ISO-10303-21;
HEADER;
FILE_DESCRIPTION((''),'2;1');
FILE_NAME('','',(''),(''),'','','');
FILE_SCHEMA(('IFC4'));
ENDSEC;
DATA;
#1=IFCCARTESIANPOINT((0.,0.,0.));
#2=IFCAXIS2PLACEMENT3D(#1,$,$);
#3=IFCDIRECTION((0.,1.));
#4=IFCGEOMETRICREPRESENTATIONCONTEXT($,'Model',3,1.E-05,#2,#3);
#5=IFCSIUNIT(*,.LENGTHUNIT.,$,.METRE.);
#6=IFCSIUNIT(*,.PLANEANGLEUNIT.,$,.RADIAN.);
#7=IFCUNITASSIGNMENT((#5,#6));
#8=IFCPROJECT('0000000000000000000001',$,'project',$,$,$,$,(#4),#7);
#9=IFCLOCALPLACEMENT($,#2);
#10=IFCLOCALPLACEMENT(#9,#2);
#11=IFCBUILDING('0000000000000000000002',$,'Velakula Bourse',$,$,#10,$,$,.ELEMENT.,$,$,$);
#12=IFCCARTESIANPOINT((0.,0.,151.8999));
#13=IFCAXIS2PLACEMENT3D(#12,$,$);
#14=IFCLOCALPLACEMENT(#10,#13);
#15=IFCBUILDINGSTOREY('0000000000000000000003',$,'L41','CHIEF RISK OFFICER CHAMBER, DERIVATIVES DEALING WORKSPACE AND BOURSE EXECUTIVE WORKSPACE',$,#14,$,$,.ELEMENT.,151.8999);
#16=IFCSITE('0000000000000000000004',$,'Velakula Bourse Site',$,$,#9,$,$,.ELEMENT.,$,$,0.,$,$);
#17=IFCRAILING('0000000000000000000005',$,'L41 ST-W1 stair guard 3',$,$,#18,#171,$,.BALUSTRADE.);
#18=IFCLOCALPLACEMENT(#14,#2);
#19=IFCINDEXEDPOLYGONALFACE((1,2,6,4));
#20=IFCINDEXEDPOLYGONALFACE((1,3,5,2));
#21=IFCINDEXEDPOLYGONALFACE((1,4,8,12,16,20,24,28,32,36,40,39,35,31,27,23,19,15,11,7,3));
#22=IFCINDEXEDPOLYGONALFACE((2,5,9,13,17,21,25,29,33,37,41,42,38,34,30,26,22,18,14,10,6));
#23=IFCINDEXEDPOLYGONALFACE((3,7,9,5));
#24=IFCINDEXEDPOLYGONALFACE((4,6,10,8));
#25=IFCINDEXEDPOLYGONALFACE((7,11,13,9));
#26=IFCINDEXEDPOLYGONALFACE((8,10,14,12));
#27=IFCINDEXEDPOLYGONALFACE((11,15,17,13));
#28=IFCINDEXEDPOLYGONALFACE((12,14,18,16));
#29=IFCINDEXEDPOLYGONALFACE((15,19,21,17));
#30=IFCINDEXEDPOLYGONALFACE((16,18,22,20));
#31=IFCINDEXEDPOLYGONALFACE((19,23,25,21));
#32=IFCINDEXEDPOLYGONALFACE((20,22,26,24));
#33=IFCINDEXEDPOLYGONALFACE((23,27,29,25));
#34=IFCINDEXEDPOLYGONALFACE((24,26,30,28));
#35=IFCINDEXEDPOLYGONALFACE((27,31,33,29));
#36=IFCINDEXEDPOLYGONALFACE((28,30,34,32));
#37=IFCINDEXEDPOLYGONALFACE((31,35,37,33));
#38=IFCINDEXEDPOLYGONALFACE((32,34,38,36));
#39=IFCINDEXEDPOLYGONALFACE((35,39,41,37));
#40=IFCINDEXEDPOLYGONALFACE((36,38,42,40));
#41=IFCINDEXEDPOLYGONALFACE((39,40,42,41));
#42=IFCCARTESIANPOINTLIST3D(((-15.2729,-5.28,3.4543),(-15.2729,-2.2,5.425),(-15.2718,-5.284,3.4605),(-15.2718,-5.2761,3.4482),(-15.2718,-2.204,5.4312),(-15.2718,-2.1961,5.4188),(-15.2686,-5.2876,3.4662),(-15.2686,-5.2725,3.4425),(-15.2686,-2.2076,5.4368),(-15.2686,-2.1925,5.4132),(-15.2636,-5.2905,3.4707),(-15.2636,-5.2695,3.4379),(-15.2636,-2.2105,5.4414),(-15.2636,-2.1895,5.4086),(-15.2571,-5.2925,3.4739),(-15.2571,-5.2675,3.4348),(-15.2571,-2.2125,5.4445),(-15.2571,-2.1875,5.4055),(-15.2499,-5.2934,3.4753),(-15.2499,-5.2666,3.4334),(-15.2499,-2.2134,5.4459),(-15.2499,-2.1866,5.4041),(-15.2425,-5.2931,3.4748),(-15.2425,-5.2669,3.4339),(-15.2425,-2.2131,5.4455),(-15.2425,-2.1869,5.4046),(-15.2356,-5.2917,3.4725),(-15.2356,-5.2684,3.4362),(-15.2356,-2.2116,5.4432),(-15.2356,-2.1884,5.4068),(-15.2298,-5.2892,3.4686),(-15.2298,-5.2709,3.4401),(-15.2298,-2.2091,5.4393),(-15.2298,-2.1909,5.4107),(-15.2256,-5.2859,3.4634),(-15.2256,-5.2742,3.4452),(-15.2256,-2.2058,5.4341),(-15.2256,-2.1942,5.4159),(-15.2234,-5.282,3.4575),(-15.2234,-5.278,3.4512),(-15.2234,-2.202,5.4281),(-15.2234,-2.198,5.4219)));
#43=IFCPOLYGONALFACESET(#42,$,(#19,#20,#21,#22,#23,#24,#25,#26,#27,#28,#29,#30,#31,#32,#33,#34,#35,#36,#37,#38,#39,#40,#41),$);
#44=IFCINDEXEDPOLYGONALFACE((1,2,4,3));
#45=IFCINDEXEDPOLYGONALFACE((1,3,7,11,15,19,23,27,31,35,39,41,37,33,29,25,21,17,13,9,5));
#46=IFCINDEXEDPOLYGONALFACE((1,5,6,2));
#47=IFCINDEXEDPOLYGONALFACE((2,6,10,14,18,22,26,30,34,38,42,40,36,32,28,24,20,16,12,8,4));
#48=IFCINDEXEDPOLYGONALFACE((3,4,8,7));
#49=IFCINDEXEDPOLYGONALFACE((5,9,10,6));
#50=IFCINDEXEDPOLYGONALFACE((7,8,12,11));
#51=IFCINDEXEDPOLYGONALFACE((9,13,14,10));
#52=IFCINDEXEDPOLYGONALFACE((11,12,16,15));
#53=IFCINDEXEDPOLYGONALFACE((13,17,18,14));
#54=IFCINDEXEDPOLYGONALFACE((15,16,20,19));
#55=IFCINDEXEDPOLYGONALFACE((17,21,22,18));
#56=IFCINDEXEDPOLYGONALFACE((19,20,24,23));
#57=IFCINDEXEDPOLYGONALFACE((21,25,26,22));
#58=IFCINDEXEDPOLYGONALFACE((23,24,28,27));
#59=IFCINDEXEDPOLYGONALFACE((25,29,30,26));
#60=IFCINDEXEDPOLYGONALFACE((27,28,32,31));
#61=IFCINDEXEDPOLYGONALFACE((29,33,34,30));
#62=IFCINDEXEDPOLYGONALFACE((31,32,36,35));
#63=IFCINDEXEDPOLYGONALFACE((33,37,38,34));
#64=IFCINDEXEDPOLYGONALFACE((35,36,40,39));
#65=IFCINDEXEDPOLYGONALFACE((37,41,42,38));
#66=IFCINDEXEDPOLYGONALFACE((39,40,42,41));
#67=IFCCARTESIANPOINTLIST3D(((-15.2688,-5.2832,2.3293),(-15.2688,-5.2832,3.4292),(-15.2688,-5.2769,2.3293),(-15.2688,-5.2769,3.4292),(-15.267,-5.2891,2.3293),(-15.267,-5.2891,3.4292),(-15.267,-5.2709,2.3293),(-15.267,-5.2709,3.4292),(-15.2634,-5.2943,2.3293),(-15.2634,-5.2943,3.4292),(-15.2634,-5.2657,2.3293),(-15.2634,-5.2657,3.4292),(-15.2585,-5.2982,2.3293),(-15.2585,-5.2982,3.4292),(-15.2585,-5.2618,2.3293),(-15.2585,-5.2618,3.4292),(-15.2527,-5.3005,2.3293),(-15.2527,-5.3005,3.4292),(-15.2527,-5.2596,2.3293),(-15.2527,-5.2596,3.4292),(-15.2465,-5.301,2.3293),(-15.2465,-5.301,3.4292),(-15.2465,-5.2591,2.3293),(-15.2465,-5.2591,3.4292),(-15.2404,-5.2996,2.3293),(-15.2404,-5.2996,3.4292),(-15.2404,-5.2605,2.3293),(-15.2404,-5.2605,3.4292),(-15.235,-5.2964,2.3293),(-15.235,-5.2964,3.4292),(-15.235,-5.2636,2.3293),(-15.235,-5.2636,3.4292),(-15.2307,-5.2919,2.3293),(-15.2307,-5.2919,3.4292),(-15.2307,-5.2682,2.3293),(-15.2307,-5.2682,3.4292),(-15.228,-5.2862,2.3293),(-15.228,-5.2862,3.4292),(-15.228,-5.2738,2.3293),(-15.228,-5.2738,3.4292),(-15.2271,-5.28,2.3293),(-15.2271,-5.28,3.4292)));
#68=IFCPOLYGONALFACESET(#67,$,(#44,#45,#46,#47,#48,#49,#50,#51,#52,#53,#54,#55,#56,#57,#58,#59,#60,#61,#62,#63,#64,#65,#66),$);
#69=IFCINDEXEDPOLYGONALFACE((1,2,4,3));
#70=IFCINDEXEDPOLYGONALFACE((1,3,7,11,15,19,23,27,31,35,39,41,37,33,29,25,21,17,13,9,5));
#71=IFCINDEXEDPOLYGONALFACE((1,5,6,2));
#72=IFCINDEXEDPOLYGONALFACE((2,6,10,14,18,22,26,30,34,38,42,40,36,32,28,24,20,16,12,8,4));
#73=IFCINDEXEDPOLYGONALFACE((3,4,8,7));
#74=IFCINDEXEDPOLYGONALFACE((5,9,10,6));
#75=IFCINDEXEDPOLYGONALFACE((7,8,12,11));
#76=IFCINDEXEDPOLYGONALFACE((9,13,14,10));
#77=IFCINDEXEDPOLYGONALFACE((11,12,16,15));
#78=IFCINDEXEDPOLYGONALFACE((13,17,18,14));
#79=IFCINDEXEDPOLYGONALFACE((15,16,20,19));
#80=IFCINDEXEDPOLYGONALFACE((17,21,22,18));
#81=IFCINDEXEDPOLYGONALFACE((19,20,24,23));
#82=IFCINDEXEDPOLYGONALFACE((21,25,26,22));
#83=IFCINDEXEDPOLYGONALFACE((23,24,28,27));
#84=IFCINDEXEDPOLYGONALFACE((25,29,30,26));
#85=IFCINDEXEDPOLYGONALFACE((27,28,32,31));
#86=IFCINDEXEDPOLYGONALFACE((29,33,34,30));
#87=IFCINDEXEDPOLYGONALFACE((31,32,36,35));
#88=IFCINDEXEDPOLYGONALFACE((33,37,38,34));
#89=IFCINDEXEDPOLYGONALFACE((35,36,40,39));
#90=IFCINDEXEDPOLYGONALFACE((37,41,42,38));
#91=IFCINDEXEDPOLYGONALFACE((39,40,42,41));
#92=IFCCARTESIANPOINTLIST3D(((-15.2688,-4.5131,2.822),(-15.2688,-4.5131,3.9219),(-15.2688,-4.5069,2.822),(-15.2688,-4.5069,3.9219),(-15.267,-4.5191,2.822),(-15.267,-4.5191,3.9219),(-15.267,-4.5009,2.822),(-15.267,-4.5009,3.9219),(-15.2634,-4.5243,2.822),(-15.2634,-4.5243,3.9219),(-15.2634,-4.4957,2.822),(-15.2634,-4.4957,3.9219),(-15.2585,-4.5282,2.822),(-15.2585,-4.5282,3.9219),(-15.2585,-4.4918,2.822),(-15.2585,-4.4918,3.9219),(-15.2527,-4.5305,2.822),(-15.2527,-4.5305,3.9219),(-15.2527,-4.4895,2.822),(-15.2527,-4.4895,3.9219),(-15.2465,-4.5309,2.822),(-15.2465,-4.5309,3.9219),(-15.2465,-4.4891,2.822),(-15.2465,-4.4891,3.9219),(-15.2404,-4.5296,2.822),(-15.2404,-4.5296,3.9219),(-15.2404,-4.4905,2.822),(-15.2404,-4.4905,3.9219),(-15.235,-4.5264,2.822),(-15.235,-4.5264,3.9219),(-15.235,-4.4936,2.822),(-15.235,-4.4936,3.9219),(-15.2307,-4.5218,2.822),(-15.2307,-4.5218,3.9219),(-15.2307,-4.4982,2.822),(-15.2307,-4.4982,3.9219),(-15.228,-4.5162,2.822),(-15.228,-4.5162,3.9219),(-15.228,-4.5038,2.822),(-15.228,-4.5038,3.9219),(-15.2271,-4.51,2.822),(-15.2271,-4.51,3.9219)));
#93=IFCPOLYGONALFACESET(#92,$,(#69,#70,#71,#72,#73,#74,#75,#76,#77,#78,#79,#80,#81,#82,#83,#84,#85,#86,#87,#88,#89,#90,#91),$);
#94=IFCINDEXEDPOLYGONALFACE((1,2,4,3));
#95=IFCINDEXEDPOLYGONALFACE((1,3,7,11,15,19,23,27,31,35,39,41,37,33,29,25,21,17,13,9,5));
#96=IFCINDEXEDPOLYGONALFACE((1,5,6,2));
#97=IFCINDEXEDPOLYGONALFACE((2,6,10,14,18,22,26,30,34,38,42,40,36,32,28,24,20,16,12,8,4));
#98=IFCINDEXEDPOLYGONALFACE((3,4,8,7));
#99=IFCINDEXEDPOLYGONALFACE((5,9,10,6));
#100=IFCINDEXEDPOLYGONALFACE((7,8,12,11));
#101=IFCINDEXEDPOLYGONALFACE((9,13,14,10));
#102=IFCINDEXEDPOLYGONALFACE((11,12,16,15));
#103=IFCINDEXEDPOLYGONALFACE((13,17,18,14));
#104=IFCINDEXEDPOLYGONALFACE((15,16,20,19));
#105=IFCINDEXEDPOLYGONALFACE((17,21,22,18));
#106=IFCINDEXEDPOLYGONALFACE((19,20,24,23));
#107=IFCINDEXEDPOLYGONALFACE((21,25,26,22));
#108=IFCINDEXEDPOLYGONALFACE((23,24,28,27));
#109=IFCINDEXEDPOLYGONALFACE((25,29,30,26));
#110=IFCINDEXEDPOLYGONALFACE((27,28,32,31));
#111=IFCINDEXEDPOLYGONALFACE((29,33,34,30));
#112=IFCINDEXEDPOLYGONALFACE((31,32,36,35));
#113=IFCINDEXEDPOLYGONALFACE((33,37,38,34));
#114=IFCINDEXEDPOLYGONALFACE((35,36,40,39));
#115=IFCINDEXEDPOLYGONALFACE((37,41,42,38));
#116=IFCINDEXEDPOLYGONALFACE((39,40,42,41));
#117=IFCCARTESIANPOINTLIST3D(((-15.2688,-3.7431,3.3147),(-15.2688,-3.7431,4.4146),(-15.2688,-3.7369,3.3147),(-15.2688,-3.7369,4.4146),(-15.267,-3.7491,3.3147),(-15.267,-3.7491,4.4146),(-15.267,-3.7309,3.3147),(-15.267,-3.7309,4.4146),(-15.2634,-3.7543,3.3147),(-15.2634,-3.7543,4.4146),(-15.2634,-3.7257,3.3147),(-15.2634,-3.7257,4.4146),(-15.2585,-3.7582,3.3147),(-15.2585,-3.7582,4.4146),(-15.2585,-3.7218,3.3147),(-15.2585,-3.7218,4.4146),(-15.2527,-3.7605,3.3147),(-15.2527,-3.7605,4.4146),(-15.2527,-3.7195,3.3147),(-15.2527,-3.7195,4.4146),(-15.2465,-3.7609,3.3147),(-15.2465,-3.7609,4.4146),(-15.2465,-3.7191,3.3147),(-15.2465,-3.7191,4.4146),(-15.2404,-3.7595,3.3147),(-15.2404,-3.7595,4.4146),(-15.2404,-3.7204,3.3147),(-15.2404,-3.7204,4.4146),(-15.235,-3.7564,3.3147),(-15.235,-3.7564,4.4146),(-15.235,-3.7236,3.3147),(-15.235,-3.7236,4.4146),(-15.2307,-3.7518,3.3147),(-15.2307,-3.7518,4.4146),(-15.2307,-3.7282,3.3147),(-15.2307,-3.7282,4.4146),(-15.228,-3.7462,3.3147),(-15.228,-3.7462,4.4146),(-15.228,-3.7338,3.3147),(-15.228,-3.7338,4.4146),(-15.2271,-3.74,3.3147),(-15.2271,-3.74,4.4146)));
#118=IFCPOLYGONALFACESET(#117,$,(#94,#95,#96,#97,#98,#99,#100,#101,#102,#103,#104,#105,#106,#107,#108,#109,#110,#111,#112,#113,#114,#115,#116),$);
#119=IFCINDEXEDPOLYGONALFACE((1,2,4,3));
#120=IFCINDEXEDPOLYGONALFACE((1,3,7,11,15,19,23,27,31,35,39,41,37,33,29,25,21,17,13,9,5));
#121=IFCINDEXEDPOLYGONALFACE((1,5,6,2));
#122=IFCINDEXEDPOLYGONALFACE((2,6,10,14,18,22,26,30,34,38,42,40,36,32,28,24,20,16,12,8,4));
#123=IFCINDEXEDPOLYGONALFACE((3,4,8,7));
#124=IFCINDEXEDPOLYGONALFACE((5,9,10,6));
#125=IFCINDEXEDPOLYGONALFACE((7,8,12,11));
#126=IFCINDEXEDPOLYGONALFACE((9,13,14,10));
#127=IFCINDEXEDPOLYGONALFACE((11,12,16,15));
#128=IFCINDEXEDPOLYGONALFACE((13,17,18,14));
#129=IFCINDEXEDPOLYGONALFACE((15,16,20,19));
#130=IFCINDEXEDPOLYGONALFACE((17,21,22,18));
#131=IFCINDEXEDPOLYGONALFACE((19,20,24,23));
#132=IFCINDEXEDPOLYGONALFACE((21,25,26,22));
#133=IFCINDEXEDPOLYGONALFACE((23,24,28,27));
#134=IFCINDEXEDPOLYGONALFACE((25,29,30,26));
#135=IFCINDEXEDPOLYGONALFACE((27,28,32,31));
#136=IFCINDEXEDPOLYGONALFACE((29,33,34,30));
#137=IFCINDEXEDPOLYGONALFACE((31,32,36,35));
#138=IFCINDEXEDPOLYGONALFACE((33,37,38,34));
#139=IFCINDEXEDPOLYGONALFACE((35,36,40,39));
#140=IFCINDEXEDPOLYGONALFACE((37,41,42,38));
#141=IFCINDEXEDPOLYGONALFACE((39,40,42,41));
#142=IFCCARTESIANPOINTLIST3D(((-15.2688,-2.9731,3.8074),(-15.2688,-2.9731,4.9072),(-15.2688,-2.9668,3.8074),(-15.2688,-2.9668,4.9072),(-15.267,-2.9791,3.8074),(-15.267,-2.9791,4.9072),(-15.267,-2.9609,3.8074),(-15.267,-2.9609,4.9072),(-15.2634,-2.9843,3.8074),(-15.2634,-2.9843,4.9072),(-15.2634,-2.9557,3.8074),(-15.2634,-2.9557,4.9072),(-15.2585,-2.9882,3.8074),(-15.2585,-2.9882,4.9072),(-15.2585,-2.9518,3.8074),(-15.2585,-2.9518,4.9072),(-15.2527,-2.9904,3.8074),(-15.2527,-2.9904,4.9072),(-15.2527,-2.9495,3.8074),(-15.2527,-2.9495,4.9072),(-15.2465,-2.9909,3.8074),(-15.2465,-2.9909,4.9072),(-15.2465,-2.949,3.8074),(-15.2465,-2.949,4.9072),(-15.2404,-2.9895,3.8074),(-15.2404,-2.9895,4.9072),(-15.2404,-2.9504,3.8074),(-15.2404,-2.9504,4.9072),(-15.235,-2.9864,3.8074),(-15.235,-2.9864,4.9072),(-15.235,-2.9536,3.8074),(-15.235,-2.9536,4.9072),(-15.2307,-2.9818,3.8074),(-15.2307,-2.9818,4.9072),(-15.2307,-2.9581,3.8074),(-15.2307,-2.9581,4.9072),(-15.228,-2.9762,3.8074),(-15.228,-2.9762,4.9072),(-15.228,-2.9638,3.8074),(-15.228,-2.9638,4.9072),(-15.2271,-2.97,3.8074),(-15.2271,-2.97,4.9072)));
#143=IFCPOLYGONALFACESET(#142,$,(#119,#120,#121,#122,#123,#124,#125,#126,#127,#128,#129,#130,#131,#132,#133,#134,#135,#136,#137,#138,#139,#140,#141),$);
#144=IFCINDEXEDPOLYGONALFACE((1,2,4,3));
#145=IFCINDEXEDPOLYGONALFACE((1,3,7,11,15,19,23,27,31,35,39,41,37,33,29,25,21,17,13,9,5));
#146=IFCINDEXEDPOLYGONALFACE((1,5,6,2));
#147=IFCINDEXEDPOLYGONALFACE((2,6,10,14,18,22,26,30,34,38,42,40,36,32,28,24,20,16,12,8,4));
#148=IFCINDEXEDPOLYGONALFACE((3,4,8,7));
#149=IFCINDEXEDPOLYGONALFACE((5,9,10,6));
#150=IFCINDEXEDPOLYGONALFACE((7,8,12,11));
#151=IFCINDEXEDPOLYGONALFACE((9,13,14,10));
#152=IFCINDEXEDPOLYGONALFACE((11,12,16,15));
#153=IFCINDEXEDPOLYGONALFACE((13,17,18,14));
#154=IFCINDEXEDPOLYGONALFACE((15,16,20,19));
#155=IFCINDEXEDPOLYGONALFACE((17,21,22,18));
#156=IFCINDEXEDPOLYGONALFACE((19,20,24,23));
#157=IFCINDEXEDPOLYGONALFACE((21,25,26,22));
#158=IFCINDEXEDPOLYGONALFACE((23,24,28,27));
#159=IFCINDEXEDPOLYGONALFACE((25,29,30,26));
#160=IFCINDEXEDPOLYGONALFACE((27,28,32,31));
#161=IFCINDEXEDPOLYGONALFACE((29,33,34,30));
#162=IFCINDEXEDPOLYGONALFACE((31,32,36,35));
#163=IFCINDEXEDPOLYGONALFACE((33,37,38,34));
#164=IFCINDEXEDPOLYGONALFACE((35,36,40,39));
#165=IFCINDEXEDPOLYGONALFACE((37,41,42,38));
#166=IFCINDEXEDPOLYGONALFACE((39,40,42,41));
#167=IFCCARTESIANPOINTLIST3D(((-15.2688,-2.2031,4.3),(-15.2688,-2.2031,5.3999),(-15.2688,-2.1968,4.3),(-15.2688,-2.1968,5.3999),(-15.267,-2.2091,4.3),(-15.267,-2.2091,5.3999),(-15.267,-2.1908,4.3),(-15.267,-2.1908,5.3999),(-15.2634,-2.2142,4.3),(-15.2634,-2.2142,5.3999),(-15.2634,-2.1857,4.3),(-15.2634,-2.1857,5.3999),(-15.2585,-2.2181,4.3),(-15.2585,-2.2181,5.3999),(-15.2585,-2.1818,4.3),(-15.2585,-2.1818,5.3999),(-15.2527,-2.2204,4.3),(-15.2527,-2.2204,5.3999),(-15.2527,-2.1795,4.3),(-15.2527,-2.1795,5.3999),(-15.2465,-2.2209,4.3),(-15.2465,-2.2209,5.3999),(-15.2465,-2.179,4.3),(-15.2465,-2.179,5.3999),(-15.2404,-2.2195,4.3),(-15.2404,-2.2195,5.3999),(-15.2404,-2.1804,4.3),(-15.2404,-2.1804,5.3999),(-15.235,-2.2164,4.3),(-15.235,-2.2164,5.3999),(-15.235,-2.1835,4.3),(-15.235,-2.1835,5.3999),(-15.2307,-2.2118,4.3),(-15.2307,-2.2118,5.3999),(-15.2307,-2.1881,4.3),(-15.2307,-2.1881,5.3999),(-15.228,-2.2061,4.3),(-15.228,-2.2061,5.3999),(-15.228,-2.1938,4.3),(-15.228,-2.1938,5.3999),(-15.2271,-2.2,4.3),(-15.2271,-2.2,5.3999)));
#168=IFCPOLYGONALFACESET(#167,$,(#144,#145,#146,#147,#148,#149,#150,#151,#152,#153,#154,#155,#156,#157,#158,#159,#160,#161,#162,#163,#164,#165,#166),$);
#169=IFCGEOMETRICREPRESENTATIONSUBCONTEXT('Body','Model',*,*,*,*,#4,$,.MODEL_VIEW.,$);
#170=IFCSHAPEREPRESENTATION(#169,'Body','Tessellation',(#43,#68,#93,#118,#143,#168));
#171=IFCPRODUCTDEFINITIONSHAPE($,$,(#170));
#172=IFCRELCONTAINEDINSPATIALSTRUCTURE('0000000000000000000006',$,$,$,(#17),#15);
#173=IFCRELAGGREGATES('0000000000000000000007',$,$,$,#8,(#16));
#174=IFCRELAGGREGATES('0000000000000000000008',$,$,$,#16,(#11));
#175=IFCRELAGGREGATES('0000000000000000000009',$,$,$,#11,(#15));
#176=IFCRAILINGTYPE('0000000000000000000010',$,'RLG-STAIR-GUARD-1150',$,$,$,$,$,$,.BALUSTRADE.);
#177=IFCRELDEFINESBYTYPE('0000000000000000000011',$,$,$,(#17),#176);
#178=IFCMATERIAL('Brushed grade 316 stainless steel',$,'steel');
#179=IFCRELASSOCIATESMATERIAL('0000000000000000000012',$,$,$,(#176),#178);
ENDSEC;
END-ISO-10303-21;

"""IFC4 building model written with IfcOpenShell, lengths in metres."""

from ifc_helpers import new_model, si_unit, direction, frame, origin, origin_2d, place, context, subcontext, project, spatial, circle, extrude, material, type_object, element, save


model = new_model("IFC4")

# Units and contexts
model_context = context("Model", 3, precision=1e-05, world=origin(), true_north=direction((0.0, 1.0)))
body_context = subcontext(model_context, "Body", "Model", "MODEL_VIEW")
ifc_project = project(units=[si_unit("LENGTHUNIT", "METRE"), si_unit("PLANEANGLEUNIT", "RADIAN")], contexts=[model_context])

# Site, building, storey
site_placement = place(None, origin())
site = spatial("IfcSite", under=ifc_project, at=site_placement, Name="Velakula Bourse Site", CompositionType="ELEMENT", RefElevation=0.0)
building_placement = place(site_placement, origin())
building = spatial("IfcBuilding", under=site, at=building_placement, Name="Velakula Bourse", CompositionType="ELEMENT")
storey_placement = place(building_placement, frame((0.0, 0.0, 151.8999)))
storey = spatial("IfcBuildingStorey", under=building, at=storey_placement, Name="L41", Description="CHIEF RISK OFFICER CHAMBER, DERIVATIVES DEALING WORKSPACE AND BOURSE EXECUTIVE WORKSPACE", CompositionType="ELEMENT", Elevation=151.8999)

# Shared definitions
ifc_material_1 = material(Name="Brushed grade 316 stainless steel", Category="steel")

# Railing
railing_type_1 = type_object("IfcRailingType", Name="RLG-STAIR-GUARD-1150", PredefinedType="BALUSTRADE", material=ifc_material_1)
railing_1_placement = place(storey_placement, frame((-15.248, -5.28, 2.3293)))
element("IfcRailing", 1, at=railing_1_placement, inside=storey, type_object=railing_type_1, Name="L41 ST-W1 stair guard 3", PredefinedType="BALUSTRADE", context=body_context, shape_type="SweptSolid", body=[
    extrude(circle(Radius=0.0249, at=origin_2d()), frame((0.0, 0.0, 1.125), z_axis=(0.0, 0.842339, 0.538948), x_axis=(-1.0, 0.0, 0.0)), (0.0, 0.0, 1.0), 3.6565),
    extrude(circle(Radius=0.021, at=origin_2d()), origin(), (0.0, 0.0, 1.0), 1.0999),
    extrude(circle(Radius=0.021, at=origin_2d()), frame((0.0, 0.77, 0.4927)), (0.0, 0.0, 1.0), 1.0999),
    extrude(circle(Radius=0.021, at=origin_2d()), frame((0.0, 1.54, 0.9854)), (0.0, 0.0, 1.0), 1.0999),
    extrude(circle(Radius=0.021, at=origin_2d()), frame((0.0, 2.3101, 1.478)), (0.0, 0.0, 1.0), 1.0999),
    extrude(circle(Radius=0.021, at=origin_2d()), frame((0.0, 3.0801, 1.9707)), (0.0, 0.0, 1.0), 1.0999),
])

save(model, "model.ifc")
